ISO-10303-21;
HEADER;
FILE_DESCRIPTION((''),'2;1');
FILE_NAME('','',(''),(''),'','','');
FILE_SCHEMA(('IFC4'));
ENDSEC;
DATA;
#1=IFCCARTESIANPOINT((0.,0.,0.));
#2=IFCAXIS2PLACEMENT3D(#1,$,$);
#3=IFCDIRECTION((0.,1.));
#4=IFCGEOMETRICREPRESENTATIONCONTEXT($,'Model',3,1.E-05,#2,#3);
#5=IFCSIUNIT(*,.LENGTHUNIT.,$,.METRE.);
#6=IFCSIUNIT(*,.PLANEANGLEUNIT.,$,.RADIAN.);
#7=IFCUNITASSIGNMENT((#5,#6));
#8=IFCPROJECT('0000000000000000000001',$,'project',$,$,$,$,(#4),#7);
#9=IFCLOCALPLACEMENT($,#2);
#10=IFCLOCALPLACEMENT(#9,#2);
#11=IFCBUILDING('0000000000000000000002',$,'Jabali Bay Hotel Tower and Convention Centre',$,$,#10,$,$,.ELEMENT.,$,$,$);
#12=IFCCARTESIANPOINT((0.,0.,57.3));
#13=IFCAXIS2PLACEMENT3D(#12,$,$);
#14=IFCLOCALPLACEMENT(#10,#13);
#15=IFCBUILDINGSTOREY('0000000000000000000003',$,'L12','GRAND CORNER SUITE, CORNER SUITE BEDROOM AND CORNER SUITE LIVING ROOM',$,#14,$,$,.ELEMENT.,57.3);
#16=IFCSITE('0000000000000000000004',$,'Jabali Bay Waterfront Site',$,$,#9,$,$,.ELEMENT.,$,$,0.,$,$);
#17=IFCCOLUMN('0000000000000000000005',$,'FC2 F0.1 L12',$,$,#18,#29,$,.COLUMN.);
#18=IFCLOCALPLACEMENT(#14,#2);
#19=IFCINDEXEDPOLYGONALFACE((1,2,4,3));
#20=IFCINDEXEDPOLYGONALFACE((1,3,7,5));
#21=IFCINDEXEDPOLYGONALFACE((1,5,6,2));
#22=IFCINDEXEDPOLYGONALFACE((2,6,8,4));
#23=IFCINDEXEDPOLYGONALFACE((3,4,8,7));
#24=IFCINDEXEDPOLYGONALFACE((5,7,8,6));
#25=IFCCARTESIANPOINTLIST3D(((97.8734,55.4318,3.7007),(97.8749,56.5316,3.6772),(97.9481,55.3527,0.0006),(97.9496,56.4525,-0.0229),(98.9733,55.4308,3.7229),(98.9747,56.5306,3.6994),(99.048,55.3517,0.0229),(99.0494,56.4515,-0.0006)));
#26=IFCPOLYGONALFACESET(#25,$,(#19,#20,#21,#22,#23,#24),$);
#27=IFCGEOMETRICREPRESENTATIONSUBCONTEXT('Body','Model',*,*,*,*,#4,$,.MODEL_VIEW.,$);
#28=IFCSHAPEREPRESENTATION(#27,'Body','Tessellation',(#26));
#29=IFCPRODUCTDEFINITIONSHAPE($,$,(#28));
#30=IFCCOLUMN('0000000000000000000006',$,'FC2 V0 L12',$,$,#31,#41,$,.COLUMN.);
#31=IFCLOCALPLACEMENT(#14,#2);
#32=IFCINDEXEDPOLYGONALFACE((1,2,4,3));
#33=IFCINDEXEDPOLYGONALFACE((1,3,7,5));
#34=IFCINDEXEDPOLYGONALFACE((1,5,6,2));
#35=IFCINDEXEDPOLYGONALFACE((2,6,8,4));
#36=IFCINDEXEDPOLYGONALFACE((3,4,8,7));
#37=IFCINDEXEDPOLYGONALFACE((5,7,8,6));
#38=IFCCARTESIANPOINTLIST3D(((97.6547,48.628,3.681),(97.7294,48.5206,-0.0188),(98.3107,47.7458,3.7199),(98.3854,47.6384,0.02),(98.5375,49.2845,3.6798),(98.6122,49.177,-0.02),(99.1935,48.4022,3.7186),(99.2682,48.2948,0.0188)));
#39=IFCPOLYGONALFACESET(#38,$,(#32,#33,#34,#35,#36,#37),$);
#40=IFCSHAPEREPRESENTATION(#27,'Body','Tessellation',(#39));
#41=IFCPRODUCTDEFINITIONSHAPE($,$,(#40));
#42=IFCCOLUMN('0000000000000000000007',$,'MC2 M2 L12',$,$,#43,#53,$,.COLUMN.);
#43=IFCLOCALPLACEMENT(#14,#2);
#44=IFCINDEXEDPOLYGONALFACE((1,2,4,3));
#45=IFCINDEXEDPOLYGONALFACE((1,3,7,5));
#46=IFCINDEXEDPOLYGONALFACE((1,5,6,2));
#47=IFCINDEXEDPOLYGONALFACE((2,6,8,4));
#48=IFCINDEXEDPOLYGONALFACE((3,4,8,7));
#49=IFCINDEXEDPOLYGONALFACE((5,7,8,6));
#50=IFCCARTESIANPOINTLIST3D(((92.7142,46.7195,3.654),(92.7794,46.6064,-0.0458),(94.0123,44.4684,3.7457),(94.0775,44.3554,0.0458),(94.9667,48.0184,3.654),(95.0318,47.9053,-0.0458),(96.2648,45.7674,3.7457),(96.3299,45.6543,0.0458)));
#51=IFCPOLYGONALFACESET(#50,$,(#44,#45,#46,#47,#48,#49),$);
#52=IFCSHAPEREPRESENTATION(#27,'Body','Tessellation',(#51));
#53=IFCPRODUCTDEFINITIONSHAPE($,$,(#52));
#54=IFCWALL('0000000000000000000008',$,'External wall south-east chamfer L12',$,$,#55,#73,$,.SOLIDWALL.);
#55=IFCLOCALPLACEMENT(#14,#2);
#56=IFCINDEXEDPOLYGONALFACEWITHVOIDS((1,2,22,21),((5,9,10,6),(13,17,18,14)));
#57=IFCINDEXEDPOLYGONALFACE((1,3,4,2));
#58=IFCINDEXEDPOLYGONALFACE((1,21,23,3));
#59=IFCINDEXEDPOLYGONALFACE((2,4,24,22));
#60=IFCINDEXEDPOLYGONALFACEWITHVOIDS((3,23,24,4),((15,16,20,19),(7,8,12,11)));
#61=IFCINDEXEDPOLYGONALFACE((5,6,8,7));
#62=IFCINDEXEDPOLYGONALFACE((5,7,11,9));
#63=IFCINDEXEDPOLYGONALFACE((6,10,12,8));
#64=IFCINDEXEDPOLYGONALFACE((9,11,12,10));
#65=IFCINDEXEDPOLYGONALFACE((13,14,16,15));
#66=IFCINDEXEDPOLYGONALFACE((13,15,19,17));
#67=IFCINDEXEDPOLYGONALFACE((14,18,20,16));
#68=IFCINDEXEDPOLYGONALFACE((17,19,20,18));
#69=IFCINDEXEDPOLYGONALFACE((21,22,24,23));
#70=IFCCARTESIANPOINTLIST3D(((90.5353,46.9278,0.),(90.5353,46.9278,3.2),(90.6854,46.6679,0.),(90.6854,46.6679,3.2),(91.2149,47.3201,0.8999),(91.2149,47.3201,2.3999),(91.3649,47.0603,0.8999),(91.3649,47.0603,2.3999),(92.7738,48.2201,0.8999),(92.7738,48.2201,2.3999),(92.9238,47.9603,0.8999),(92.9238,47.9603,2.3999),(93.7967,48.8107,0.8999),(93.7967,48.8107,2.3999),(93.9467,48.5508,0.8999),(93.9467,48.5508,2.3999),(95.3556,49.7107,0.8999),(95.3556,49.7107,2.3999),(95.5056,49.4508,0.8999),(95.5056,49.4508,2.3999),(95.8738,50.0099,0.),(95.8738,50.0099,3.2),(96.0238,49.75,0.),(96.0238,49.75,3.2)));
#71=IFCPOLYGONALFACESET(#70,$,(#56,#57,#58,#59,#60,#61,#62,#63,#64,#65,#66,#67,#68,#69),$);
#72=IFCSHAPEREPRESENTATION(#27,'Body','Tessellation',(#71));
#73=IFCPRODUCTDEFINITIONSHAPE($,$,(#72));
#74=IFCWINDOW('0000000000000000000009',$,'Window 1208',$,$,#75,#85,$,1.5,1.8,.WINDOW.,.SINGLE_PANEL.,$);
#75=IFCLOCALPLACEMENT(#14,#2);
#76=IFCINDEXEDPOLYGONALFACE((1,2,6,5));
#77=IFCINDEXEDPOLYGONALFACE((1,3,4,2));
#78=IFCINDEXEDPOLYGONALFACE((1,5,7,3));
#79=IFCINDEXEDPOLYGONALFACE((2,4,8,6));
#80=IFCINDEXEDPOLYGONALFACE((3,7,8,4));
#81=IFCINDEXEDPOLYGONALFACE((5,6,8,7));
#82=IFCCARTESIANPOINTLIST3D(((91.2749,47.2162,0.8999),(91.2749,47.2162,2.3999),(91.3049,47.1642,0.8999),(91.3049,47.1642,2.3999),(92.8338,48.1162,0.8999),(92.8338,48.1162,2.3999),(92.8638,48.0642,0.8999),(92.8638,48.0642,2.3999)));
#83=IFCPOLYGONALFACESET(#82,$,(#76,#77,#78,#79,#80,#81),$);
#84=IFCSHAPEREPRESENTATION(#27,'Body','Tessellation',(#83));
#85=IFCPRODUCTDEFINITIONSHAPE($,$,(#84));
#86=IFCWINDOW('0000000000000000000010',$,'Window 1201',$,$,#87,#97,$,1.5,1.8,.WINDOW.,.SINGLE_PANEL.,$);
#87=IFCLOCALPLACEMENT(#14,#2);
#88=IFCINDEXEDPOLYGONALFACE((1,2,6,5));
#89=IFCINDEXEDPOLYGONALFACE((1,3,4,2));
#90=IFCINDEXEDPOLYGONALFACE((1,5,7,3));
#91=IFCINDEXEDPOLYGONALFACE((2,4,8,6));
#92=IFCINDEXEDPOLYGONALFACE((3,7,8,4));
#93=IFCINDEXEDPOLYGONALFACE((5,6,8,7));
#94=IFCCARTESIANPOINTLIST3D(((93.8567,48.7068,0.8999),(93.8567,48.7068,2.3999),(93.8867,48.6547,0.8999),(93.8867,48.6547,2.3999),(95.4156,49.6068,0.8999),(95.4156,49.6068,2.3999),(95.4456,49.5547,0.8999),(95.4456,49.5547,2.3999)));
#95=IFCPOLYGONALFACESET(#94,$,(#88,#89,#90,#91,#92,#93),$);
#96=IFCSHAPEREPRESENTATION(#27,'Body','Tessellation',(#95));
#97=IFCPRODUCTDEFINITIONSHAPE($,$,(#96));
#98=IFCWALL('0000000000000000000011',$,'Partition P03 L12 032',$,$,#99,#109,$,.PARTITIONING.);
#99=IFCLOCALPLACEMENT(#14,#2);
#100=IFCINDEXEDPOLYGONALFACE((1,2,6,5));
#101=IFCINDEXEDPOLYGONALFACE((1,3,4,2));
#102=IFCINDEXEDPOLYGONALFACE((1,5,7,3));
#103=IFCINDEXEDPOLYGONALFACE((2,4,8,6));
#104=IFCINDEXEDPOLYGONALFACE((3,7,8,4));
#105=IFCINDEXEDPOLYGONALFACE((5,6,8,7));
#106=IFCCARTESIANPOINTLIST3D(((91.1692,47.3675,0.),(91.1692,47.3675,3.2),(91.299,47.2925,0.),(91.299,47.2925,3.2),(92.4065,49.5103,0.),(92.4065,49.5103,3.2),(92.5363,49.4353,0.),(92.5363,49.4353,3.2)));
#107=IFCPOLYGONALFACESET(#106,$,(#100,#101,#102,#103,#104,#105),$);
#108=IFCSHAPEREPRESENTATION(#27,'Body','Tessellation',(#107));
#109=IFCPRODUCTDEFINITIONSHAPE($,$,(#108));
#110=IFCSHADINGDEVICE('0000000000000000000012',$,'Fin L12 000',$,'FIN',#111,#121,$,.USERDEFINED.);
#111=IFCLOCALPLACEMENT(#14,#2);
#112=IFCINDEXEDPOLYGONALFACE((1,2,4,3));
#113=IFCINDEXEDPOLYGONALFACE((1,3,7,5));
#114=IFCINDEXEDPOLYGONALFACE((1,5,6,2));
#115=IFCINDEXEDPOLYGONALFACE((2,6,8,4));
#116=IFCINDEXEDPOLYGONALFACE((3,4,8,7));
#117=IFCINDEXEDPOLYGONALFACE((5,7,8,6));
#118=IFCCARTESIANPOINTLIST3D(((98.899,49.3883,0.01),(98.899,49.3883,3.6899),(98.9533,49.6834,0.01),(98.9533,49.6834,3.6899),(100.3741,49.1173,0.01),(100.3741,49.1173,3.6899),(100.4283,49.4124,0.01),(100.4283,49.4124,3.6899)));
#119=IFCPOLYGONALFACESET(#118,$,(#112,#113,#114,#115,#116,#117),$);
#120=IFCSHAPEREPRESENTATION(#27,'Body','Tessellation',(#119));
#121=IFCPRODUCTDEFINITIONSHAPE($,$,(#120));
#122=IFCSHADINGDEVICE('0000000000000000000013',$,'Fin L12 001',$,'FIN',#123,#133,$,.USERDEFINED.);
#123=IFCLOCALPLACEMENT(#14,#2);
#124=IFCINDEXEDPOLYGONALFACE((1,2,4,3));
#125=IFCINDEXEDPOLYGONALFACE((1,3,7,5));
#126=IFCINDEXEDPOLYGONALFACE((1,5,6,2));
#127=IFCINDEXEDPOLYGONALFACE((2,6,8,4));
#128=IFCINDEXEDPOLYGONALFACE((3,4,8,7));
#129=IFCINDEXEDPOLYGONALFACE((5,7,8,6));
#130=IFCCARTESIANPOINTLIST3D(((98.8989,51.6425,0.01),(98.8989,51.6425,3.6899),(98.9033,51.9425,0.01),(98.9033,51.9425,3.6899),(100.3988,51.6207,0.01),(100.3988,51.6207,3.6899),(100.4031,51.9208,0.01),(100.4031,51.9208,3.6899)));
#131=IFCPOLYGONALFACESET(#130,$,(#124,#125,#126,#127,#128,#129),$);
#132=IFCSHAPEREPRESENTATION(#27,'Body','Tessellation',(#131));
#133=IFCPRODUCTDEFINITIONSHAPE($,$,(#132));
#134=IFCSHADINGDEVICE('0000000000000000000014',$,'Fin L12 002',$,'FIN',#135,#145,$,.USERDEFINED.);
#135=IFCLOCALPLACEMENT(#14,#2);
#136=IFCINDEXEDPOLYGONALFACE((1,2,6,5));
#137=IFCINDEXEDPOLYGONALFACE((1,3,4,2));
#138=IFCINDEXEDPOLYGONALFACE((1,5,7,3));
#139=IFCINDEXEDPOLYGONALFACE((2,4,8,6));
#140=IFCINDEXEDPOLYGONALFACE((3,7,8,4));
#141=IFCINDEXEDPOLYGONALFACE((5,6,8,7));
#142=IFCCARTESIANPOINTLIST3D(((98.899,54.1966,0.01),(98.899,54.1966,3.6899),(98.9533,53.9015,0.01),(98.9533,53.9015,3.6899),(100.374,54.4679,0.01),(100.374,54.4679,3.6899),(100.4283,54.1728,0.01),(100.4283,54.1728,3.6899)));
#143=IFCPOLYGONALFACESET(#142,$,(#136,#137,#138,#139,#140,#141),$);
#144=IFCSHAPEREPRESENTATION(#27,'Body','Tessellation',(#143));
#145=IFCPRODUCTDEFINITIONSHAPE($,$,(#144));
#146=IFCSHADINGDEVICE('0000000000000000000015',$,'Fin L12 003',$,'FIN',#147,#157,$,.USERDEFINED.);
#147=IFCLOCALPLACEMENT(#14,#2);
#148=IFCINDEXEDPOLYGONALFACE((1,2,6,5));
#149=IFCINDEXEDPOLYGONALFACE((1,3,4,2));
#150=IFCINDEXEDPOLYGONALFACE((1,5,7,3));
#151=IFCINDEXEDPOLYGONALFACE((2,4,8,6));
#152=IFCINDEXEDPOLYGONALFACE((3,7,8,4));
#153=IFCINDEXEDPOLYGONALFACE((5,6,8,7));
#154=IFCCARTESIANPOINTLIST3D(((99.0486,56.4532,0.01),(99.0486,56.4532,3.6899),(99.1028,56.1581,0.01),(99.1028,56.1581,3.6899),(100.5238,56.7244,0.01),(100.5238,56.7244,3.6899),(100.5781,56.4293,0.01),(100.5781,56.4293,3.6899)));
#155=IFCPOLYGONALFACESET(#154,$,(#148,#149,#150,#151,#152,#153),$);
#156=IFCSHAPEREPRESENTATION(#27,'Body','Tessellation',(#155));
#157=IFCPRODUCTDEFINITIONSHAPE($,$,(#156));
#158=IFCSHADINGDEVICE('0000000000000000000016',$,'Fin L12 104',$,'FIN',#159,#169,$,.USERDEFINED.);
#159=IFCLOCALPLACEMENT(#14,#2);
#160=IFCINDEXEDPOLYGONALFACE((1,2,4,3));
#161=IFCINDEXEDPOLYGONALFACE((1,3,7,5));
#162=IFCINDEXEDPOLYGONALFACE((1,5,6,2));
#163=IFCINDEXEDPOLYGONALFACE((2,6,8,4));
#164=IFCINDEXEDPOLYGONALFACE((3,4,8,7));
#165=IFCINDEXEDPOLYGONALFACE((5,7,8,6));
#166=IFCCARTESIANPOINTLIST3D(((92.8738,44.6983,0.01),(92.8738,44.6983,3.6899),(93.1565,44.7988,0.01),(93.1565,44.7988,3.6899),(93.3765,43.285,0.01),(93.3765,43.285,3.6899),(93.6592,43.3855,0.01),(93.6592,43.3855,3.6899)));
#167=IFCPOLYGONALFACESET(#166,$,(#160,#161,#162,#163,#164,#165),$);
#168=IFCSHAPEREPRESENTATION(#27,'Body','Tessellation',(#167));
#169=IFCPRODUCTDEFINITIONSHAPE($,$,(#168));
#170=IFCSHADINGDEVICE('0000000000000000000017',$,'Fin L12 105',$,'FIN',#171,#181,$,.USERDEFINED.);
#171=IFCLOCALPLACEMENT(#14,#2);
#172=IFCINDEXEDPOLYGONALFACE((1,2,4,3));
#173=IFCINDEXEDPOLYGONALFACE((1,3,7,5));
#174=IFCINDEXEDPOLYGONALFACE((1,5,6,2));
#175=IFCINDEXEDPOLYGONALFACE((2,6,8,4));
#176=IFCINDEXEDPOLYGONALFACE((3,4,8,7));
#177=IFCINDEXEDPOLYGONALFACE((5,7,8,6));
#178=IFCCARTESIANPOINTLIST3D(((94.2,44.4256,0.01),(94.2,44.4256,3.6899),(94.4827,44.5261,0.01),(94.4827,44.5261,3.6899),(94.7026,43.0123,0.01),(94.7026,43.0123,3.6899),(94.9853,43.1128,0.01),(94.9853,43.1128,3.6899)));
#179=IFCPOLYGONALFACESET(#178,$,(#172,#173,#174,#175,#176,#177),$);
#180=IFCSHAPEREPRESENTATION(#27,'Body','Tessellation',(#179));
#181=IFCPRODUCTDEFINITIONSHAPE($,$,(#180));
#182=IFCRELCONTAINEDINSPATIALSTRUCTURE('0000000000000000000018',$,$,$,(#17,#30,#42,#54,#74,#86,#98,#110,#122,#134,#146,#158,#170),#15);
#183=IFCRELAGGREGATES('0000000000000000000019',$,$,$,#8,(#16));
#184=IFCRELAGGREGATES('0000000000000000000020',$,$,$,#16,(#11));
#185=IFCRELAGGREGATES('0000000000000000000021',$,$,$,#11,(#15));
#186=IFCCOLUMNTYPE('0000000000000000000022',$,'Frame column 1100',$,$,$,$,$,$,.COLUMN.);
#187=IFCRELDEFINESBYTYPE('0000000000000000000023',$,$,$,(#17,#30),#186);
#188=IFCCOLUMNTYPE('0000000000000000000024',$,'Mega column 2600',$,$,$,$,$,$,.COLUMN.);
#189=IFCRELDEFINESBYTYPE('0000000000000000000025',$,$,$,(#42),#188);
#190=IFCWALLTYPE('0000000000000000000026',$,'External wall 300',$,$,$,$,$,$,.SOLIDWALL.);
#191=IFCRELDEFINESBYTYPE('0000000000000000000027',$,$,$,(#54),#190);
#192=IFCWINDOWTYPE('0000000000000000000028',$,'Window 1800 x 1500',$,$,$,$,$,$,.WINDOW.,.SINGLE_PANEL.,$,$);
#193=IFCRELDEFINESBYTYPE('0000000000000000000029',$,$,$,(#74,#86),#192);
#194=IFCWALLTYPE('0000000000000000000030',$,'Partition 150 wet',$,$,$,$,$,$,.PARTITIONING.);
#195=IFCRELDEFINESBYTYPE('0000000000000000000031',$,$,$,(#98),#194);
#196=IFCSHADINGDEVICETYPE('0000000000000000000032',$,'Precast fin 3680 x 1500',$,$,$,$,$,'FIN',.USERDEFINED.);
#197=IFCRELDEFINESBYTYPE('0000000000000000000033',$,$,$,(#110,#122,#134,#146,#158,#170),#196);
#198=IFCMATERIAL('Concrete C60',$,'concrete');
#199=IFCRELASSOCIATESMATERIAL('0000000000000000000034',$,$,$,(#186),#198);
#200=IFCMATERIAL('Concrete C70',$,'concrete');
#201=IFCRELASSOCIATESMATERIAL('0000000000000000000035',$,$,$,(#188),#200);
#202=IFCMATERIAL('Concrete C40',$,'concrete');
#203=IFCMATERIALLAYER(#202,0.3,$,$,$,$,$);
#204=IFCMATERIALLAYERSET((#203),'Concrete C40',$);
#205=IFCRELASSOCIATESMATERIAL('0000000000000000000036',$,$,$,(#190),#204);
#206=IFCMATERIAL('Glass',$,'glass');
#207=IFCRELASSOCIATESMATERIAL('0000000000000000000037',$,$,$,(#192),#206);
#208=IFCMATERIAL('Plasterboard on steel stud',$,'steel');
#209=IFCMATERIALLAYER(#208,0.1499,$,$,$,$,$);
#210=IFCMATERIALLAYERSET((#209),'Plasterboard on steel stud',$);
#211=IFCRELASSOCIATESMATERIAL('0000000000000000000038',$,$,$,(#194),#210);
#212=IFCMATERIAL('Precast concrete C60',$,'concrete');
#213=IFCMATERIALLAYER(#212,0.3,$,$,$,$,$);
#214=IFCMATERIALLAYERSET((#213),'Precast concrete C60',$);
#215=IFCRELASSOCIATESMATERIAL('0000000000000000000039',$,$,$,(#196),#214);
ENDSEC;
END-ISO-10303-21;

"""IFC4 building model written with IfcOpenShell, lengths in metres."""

from ifc_helpers import new_model, si_unit, direction, frame, frame_2d, origin, origin_2d, place, context, subcontext, project, spatial, rectangle, extrude, material, layer, layer_set, material_profile, profile_set, type_object, element, fill, save


model = new_model("IFC4")

# Units and contexts
model_context = context("Model", 3, precision=1e-05, world=origin(), true_north=direction((0.0, 1.0)))
body_context = subcontext(model_context, "Body", "Model", "MODEL_VIEW")
ifc_project = project(units=[si_unit("LENGTHUNIT", "METRE"), si_unit("PLANEANGLEUNIT", "RADIAN")], contexts=[model_context])

# Site, building, storey
site_placement = place(None, origin())
site = spatial("IfcSite", under=ifc_project, at=site_placement, Name="Jabali Bay Waterfront Site", CompositionType="ELEMENT", RefElevation=0.0)
building_placement = place(site_placement, origin())
building = spatial("IfcBuilding", under=site, at=building_placement, Name="Jabali Bay Hotel Tower and Convention Centre", CompositionType="ELEMENT")
storey_placement = place(building_placement, frame((0.0, 0.0, 57.3)))
storey = spatial("IfcBuildingStorey", under=building, at=storey_placement, Name="L12", Description="GRAND CORNER SUITE, CORNER SUITE BEDROOM AND CORNER SUITE LIVING ROOM", CompositionType="ELEMENT", Elevation=57.3)

# Columns
ifc_material_1 = material(Name="Concrete C60", Category="concrete")
ifc_material_profile_1 = material_profile(ifc_material_1, rectangle(XDim=1.1001, YDim=1.1001, at=origin_2d()), Name="Frame column 1100")
ifc_profile_set_1 = profile_set([ifc_material_profile_1], Name="Concrete C60")
column_type_1 = type_object("IfcColumnType", Name="Frame column 1100", PredefinedType="COLUMN", material=ifc_profile_set_1)
column_1_placement = place(storey_placement, frame((98.4988, 55.9021, 0.0), z_axis=(-0.020183, 0.02137, 0.999568), x_axis=(-0.001315, -0.999771, 0.021348)))
element("IfcColumn", 1, at=column_1_placement, inside=storey, type_object=column_type_1, Name="FC2 F0.1 L12", PredefinedType="COLUMN", context=body_context, shape_type="SweptSolid", body=[
    extrude(rectangle(XDim=1.1001, YDim=1.1001, at=origin_2d()), origin(), (0.0, 0.0, 1.0), 3.7017),
])
column_2_placement = place(storey_placement, frame((98.4988, 48.4077, 0.0), z_axis=(-0.020179, 0.029015, 0.999375), x_axis=(-0.802481, -0.596676, 0.00112)))
element("IfcColumn", 2, at=column_2_placement, inside=storey, type_object=column_type_1, Name="FC2 V0 L12", PredefinedType="COLUMN", context=body_context, shape_type="SweptSolid", body=[
    extrude(rectangle(XDim=1.1001, YDim=1.1001, at=origin_2d()), origin(), (0.0, 0.0, 1.0), 3.7021),
])
ifc_material_2 = material(Name="Concrete C70", Category="concrete")
ifc_material_profile_2 = material_profile(ifc_material_2, rectangle(XDim=2.6001, YDim=2.6001, at=origin_2d()), Name="Mega column 2600")
ifc_profile_set_2 = profile_set([ifc_material_profile_2], Name="Concrete C70")
column_type_2 = type_object("IfcColumnType", Name="Mega column 2600", PredefinedType="COLUMN", material=ifc_profile_set_2)
column_3_placement = place(storey_placement, frame((94.5547, 46.1304, 0.0), z_axis=(-0.017607, 0.030532, 0.999379), x_axis=(0.49925, -0.865741, 0.035245)))
element("IfcColumn", 3, at=column_3_placement, inside=storey, type_object=column_type_2, Name="MC2 M2 L12", PredefinedType="COLUMN", context=body_context, shape_type="SweptSolid", body=[
    extrude(rectangle(XDim=2.6001, YDim=2.6001, at=origin_2d()), origin(), (0.0, 0.0, 1.0), 3.7021),
])

# Wall, openings, windows
ifc_material_3 = material(Name="Concrete C40", Category="concrete")
ifc_layer_1 = layer(ifc_material_3, 0.3)
ifc_layer_set_1 = layer_set([ifc_layer_1], Name="Concrete C40")
wall_type_1 = type_object("IfcWallType", Name="External wall 300", PredefinedType="SOLIDWALL", material=ifc_layer_set_1)
wall_1_placement = place(storey_placement, frame((95.9487, 49.8799, 0.0), z_axis=(0.0, 0.0, 1.0), x_axis=(-0.866031, -0.49999, 0.0)))
wall_1 = element("IfcWall", 4, at=wall_1_placement, inside=storey, type_object=wall_type_1, Name="External wall south-east chamfer L12", PredefinedType="SOLIDWALL", context=body_context, shape_type="SweptSolid", body=[
    extrude(rectangle(XDim=6.1643, YDim=0.3, at=frame_2d((3.082, 0.0))), origin(), (0.0, 0.0, 1.0), 3.2),
])
opening_1_placement = place(wall_1_placement, frame((3.5796, 0.0, 0.8999)))
opening_1 = element("IfcOpeningElement", 5, at=opening_1_placement, cuts=wall_1, PredefinedType="OPENING", context=body_context, shape_type="SweptSolid", body=[
    extrude(rectangle(XDim=1.8, YDim=1.5, at=frame_2d((0.8999, 0.75))), frame((0.0, 0.1606, 0.0), z_axis=(0.0, -1.0, 0.0), x_axis=(1.0, 0.0, 0.0)), (0.0, 0.0, 1.0), 0.321),
])
opening_2_placement = place(wall_1_placement, frame((0.5984, 0.0, 0.8999)))
opening_2 = element("IfcOpeningElement", 6, at=opening_2_placement, cuts=wall_1, PredefinedType="OPENING", context=body_context, shape_type="SweptSolid", body=[
    extrude(rectangle(XDim=1.8, YDim=1.5, at=frame_2d((0.8999, 0.75))), frame((0.0, 0.1606, 0.0), z_axis=(0.0, -1.0, 0.0), x_axis=(1.0, 0.0, 0.0)), (0.0, 0.0, 1.0), 0.321),
])
ifc_material_4 = material(Name="Glass", Category="glass")
window_type = type_object("IfcWindowType", Name="Window 1800 x 1500", PartitioningType="SINGLE_PANEL", PredefinedType="WINDOW", material=ifc_material_4)
window_1_placement = place(opening_1_placement, origin())
window_1 = element("IfcWindow", 7, at=window_1_placement, inside=storey, type_object=window_type, Name="Window 1208", OverallHeight=1.5, OverallWidth=1.8, PartitioningType="SINGLE_PANEL", PredefinedType="WINDOW", context=body_context, shape_type="SweptSolid", body=[
    extrude(rectangle(XDim=1.8, YDim=1.5, at=frame_2d((0.8999, 0.75))), frame((0.0, 0.03, 0.0), z_axis=(0.0, -1.0, 0.0), x_axis=(1.0, 0.0, 0.0)), (0.0, 0.0, 1.0), 0.0601),
])
fill(opening_1, window_1)
window_2_placement = place(opening_2_placement, origin())
window_2 = element("IfcWindow", 8, at=window_2_placement, inside=storey, type_object=window_type, Name="Window 1201", OverallHeight=1.5, OverallWidth=1.8, PartitioningType="SINGLE_PANEL", PredefinedType="WINDOW", context=body_context, shape_type="SweptSolid", body=[
    extrude(rectangle(XDim=1.8, YDim=1.5, at=frame_2d((0.8999, 0.75))), frame((0.0, 0.03, 0.0), z_axis=(0.0, -1.0, 0.0), x_axis=(1.0, 0.0, 0.0)), (0.0, 0.0, 1.0), 0.0601),
])
fill(opening_2, window_2)

# Wall
ifc_material_5 = material(Name="Plasterboard on steel stud", Category="steel")
ifc_layer_2 = layer(ifc_material_5, 0.1499)
ifc_layer_set_2 = layer_set([ifc_layer_2], Name="Plasterboard on steel stud")
wall_type_2 = type_object("IfcWallType", Name="Partition 150 wet", PredefinedType="PARTITIONING", material=ifc_layer_set_2)
wall_2_placement = place(storey_placement, frame((92.4714, 49.4729, 0.0), z_axis=(0.0, 0.0, 1.0), x_axis=(-0.500044, -0.866, 0.0)))
element("IfcWall", 9, at=wall_2_placement, inside=storey, type_object=wall_type_2, Name="Partition P03 L12 032", PredefinedType="PARTITIONING", context=body_context, shape_type="SweptSolid", body=[
    extrude(rectangle(XDim=2.4744, YDim=0.1499, at=frame_2d((1.2373, 0.0))), origin(), (0.0, 0.0, 1.0), 3.2),
])

# Shading devices
ifc_material_6 = material(Name="Precast concrete C60", Category="concrete")
ifc_layer_3 = layer(ifc_material_6, 0.3)
ifc_layer_set_3 = layer_set([ifc_layer_3], Name="Precast concrete C60")
shading_device_type = type_object("IfcShadingDeviceType", Name="Precast fin 3680 x 1500", ElementType="FIN", PredefinedType="USERDEFINED", material=ifc_layer_set_3)
shading_device_1_placement = place(storey_placement, frame((98.926, 49.5359, 0.01), z_axis=(0.0, 0.0, 1.0), x_axis=(0.98354, -0.18069, 0.0)))
element("IfcShadingDevice", 10, at=shading_device_1_placement, inside=storey, type_object=shading_device_type, Name="Fin L12 000", ObjectType="FIN", PredefinedType="USERDEFINED", context=body_context, shape_type="SweptSolid", body=[
    extrude(rectangle(XDim=1.4998, YDim=0.3, at=frame_2d((0.75, 0.0))), origin(), (0.0, 0.0, 1.0), 3.6799),
])
shading_device_2_placement = place(storey_placement, frame((98.9011, 51.7925, 0.01), z_axis=(0.0, 0.0, 1.0), x_axis=(0.999895, -0.014487, 0.0)))
element("IfcShadingDevice", 11, at=shading_device_2_placement, inside=storey, type_object=shading_device_type, Name="Fin L12 001", ObjectType="FIN", PredefinedType="USERDEFINED", context=body_context, shape_type="SweptSolid", body=[
    extrude(rectangle(XDim=1.5, YDim=0.3, at=frame_2d((0.75, 0.0))), origin(), (0.0, 0.0, 1.0), 3.6799),
])
shading_device_3_placement = place(storey_placement, frame((98.926, 54.0491, 0.01), z_axis=(0.0, 0.0, 1.0), x_axis=(0.983511, 0.180848, 0.0)))
element("IfcShadingDevice", 12, at=shading_device_3_placement, inside=storey, type_object=shading_device_type, Name="Fin L12 002", ObjectType="FIN", PredefinedType="USERDEFINED", context=body_context, shape_type="SweptSolid", body=[
    extrude(rectangle(XDim=1.4998, YDim=0.3, at=frame_2d((0.75, 0.0))), origin(), (0.0, 0.0, 1.0), 3.6799),
])
for number, where, z_axis, x_axis, name in (
    (13, (99.0757, 56.3057, 0.01), (0.0, 0.0, 1.0), (0.983516, 0.180819, 0.0), "Fin L12 003"),
    (14, (93.0151, 44.7485, 0.01), (0.0, 0.0, 1.0), (0.335109, -0.942179, 0.0), "Fin L12 104"),
    (15, (94.3413, 44.4758, 0.01), (0.0, 0.0, 1.0), (0.335109, -0.942179, 0.0), "Fin L12 105"),
):
    element("IfcShadingDevice", number, at=place(storey_placement, frame(where, z_axis=z_axis, x_axis=x_axis)), inside=storey, type_object=shading_device_type, Name=name, ObjectType="FIN", PredefinedType="USERDEFINED", context=body_context, shape_type="SweptSolid", body=[
        extrude(rectangle(XDim=1.5, YDim=0.3, at=frame_2d((0.75, 0.0))), origin(), (0.0, 0.0, 1.0), 3.6799),
    ])

save(model, "model.ifc")
